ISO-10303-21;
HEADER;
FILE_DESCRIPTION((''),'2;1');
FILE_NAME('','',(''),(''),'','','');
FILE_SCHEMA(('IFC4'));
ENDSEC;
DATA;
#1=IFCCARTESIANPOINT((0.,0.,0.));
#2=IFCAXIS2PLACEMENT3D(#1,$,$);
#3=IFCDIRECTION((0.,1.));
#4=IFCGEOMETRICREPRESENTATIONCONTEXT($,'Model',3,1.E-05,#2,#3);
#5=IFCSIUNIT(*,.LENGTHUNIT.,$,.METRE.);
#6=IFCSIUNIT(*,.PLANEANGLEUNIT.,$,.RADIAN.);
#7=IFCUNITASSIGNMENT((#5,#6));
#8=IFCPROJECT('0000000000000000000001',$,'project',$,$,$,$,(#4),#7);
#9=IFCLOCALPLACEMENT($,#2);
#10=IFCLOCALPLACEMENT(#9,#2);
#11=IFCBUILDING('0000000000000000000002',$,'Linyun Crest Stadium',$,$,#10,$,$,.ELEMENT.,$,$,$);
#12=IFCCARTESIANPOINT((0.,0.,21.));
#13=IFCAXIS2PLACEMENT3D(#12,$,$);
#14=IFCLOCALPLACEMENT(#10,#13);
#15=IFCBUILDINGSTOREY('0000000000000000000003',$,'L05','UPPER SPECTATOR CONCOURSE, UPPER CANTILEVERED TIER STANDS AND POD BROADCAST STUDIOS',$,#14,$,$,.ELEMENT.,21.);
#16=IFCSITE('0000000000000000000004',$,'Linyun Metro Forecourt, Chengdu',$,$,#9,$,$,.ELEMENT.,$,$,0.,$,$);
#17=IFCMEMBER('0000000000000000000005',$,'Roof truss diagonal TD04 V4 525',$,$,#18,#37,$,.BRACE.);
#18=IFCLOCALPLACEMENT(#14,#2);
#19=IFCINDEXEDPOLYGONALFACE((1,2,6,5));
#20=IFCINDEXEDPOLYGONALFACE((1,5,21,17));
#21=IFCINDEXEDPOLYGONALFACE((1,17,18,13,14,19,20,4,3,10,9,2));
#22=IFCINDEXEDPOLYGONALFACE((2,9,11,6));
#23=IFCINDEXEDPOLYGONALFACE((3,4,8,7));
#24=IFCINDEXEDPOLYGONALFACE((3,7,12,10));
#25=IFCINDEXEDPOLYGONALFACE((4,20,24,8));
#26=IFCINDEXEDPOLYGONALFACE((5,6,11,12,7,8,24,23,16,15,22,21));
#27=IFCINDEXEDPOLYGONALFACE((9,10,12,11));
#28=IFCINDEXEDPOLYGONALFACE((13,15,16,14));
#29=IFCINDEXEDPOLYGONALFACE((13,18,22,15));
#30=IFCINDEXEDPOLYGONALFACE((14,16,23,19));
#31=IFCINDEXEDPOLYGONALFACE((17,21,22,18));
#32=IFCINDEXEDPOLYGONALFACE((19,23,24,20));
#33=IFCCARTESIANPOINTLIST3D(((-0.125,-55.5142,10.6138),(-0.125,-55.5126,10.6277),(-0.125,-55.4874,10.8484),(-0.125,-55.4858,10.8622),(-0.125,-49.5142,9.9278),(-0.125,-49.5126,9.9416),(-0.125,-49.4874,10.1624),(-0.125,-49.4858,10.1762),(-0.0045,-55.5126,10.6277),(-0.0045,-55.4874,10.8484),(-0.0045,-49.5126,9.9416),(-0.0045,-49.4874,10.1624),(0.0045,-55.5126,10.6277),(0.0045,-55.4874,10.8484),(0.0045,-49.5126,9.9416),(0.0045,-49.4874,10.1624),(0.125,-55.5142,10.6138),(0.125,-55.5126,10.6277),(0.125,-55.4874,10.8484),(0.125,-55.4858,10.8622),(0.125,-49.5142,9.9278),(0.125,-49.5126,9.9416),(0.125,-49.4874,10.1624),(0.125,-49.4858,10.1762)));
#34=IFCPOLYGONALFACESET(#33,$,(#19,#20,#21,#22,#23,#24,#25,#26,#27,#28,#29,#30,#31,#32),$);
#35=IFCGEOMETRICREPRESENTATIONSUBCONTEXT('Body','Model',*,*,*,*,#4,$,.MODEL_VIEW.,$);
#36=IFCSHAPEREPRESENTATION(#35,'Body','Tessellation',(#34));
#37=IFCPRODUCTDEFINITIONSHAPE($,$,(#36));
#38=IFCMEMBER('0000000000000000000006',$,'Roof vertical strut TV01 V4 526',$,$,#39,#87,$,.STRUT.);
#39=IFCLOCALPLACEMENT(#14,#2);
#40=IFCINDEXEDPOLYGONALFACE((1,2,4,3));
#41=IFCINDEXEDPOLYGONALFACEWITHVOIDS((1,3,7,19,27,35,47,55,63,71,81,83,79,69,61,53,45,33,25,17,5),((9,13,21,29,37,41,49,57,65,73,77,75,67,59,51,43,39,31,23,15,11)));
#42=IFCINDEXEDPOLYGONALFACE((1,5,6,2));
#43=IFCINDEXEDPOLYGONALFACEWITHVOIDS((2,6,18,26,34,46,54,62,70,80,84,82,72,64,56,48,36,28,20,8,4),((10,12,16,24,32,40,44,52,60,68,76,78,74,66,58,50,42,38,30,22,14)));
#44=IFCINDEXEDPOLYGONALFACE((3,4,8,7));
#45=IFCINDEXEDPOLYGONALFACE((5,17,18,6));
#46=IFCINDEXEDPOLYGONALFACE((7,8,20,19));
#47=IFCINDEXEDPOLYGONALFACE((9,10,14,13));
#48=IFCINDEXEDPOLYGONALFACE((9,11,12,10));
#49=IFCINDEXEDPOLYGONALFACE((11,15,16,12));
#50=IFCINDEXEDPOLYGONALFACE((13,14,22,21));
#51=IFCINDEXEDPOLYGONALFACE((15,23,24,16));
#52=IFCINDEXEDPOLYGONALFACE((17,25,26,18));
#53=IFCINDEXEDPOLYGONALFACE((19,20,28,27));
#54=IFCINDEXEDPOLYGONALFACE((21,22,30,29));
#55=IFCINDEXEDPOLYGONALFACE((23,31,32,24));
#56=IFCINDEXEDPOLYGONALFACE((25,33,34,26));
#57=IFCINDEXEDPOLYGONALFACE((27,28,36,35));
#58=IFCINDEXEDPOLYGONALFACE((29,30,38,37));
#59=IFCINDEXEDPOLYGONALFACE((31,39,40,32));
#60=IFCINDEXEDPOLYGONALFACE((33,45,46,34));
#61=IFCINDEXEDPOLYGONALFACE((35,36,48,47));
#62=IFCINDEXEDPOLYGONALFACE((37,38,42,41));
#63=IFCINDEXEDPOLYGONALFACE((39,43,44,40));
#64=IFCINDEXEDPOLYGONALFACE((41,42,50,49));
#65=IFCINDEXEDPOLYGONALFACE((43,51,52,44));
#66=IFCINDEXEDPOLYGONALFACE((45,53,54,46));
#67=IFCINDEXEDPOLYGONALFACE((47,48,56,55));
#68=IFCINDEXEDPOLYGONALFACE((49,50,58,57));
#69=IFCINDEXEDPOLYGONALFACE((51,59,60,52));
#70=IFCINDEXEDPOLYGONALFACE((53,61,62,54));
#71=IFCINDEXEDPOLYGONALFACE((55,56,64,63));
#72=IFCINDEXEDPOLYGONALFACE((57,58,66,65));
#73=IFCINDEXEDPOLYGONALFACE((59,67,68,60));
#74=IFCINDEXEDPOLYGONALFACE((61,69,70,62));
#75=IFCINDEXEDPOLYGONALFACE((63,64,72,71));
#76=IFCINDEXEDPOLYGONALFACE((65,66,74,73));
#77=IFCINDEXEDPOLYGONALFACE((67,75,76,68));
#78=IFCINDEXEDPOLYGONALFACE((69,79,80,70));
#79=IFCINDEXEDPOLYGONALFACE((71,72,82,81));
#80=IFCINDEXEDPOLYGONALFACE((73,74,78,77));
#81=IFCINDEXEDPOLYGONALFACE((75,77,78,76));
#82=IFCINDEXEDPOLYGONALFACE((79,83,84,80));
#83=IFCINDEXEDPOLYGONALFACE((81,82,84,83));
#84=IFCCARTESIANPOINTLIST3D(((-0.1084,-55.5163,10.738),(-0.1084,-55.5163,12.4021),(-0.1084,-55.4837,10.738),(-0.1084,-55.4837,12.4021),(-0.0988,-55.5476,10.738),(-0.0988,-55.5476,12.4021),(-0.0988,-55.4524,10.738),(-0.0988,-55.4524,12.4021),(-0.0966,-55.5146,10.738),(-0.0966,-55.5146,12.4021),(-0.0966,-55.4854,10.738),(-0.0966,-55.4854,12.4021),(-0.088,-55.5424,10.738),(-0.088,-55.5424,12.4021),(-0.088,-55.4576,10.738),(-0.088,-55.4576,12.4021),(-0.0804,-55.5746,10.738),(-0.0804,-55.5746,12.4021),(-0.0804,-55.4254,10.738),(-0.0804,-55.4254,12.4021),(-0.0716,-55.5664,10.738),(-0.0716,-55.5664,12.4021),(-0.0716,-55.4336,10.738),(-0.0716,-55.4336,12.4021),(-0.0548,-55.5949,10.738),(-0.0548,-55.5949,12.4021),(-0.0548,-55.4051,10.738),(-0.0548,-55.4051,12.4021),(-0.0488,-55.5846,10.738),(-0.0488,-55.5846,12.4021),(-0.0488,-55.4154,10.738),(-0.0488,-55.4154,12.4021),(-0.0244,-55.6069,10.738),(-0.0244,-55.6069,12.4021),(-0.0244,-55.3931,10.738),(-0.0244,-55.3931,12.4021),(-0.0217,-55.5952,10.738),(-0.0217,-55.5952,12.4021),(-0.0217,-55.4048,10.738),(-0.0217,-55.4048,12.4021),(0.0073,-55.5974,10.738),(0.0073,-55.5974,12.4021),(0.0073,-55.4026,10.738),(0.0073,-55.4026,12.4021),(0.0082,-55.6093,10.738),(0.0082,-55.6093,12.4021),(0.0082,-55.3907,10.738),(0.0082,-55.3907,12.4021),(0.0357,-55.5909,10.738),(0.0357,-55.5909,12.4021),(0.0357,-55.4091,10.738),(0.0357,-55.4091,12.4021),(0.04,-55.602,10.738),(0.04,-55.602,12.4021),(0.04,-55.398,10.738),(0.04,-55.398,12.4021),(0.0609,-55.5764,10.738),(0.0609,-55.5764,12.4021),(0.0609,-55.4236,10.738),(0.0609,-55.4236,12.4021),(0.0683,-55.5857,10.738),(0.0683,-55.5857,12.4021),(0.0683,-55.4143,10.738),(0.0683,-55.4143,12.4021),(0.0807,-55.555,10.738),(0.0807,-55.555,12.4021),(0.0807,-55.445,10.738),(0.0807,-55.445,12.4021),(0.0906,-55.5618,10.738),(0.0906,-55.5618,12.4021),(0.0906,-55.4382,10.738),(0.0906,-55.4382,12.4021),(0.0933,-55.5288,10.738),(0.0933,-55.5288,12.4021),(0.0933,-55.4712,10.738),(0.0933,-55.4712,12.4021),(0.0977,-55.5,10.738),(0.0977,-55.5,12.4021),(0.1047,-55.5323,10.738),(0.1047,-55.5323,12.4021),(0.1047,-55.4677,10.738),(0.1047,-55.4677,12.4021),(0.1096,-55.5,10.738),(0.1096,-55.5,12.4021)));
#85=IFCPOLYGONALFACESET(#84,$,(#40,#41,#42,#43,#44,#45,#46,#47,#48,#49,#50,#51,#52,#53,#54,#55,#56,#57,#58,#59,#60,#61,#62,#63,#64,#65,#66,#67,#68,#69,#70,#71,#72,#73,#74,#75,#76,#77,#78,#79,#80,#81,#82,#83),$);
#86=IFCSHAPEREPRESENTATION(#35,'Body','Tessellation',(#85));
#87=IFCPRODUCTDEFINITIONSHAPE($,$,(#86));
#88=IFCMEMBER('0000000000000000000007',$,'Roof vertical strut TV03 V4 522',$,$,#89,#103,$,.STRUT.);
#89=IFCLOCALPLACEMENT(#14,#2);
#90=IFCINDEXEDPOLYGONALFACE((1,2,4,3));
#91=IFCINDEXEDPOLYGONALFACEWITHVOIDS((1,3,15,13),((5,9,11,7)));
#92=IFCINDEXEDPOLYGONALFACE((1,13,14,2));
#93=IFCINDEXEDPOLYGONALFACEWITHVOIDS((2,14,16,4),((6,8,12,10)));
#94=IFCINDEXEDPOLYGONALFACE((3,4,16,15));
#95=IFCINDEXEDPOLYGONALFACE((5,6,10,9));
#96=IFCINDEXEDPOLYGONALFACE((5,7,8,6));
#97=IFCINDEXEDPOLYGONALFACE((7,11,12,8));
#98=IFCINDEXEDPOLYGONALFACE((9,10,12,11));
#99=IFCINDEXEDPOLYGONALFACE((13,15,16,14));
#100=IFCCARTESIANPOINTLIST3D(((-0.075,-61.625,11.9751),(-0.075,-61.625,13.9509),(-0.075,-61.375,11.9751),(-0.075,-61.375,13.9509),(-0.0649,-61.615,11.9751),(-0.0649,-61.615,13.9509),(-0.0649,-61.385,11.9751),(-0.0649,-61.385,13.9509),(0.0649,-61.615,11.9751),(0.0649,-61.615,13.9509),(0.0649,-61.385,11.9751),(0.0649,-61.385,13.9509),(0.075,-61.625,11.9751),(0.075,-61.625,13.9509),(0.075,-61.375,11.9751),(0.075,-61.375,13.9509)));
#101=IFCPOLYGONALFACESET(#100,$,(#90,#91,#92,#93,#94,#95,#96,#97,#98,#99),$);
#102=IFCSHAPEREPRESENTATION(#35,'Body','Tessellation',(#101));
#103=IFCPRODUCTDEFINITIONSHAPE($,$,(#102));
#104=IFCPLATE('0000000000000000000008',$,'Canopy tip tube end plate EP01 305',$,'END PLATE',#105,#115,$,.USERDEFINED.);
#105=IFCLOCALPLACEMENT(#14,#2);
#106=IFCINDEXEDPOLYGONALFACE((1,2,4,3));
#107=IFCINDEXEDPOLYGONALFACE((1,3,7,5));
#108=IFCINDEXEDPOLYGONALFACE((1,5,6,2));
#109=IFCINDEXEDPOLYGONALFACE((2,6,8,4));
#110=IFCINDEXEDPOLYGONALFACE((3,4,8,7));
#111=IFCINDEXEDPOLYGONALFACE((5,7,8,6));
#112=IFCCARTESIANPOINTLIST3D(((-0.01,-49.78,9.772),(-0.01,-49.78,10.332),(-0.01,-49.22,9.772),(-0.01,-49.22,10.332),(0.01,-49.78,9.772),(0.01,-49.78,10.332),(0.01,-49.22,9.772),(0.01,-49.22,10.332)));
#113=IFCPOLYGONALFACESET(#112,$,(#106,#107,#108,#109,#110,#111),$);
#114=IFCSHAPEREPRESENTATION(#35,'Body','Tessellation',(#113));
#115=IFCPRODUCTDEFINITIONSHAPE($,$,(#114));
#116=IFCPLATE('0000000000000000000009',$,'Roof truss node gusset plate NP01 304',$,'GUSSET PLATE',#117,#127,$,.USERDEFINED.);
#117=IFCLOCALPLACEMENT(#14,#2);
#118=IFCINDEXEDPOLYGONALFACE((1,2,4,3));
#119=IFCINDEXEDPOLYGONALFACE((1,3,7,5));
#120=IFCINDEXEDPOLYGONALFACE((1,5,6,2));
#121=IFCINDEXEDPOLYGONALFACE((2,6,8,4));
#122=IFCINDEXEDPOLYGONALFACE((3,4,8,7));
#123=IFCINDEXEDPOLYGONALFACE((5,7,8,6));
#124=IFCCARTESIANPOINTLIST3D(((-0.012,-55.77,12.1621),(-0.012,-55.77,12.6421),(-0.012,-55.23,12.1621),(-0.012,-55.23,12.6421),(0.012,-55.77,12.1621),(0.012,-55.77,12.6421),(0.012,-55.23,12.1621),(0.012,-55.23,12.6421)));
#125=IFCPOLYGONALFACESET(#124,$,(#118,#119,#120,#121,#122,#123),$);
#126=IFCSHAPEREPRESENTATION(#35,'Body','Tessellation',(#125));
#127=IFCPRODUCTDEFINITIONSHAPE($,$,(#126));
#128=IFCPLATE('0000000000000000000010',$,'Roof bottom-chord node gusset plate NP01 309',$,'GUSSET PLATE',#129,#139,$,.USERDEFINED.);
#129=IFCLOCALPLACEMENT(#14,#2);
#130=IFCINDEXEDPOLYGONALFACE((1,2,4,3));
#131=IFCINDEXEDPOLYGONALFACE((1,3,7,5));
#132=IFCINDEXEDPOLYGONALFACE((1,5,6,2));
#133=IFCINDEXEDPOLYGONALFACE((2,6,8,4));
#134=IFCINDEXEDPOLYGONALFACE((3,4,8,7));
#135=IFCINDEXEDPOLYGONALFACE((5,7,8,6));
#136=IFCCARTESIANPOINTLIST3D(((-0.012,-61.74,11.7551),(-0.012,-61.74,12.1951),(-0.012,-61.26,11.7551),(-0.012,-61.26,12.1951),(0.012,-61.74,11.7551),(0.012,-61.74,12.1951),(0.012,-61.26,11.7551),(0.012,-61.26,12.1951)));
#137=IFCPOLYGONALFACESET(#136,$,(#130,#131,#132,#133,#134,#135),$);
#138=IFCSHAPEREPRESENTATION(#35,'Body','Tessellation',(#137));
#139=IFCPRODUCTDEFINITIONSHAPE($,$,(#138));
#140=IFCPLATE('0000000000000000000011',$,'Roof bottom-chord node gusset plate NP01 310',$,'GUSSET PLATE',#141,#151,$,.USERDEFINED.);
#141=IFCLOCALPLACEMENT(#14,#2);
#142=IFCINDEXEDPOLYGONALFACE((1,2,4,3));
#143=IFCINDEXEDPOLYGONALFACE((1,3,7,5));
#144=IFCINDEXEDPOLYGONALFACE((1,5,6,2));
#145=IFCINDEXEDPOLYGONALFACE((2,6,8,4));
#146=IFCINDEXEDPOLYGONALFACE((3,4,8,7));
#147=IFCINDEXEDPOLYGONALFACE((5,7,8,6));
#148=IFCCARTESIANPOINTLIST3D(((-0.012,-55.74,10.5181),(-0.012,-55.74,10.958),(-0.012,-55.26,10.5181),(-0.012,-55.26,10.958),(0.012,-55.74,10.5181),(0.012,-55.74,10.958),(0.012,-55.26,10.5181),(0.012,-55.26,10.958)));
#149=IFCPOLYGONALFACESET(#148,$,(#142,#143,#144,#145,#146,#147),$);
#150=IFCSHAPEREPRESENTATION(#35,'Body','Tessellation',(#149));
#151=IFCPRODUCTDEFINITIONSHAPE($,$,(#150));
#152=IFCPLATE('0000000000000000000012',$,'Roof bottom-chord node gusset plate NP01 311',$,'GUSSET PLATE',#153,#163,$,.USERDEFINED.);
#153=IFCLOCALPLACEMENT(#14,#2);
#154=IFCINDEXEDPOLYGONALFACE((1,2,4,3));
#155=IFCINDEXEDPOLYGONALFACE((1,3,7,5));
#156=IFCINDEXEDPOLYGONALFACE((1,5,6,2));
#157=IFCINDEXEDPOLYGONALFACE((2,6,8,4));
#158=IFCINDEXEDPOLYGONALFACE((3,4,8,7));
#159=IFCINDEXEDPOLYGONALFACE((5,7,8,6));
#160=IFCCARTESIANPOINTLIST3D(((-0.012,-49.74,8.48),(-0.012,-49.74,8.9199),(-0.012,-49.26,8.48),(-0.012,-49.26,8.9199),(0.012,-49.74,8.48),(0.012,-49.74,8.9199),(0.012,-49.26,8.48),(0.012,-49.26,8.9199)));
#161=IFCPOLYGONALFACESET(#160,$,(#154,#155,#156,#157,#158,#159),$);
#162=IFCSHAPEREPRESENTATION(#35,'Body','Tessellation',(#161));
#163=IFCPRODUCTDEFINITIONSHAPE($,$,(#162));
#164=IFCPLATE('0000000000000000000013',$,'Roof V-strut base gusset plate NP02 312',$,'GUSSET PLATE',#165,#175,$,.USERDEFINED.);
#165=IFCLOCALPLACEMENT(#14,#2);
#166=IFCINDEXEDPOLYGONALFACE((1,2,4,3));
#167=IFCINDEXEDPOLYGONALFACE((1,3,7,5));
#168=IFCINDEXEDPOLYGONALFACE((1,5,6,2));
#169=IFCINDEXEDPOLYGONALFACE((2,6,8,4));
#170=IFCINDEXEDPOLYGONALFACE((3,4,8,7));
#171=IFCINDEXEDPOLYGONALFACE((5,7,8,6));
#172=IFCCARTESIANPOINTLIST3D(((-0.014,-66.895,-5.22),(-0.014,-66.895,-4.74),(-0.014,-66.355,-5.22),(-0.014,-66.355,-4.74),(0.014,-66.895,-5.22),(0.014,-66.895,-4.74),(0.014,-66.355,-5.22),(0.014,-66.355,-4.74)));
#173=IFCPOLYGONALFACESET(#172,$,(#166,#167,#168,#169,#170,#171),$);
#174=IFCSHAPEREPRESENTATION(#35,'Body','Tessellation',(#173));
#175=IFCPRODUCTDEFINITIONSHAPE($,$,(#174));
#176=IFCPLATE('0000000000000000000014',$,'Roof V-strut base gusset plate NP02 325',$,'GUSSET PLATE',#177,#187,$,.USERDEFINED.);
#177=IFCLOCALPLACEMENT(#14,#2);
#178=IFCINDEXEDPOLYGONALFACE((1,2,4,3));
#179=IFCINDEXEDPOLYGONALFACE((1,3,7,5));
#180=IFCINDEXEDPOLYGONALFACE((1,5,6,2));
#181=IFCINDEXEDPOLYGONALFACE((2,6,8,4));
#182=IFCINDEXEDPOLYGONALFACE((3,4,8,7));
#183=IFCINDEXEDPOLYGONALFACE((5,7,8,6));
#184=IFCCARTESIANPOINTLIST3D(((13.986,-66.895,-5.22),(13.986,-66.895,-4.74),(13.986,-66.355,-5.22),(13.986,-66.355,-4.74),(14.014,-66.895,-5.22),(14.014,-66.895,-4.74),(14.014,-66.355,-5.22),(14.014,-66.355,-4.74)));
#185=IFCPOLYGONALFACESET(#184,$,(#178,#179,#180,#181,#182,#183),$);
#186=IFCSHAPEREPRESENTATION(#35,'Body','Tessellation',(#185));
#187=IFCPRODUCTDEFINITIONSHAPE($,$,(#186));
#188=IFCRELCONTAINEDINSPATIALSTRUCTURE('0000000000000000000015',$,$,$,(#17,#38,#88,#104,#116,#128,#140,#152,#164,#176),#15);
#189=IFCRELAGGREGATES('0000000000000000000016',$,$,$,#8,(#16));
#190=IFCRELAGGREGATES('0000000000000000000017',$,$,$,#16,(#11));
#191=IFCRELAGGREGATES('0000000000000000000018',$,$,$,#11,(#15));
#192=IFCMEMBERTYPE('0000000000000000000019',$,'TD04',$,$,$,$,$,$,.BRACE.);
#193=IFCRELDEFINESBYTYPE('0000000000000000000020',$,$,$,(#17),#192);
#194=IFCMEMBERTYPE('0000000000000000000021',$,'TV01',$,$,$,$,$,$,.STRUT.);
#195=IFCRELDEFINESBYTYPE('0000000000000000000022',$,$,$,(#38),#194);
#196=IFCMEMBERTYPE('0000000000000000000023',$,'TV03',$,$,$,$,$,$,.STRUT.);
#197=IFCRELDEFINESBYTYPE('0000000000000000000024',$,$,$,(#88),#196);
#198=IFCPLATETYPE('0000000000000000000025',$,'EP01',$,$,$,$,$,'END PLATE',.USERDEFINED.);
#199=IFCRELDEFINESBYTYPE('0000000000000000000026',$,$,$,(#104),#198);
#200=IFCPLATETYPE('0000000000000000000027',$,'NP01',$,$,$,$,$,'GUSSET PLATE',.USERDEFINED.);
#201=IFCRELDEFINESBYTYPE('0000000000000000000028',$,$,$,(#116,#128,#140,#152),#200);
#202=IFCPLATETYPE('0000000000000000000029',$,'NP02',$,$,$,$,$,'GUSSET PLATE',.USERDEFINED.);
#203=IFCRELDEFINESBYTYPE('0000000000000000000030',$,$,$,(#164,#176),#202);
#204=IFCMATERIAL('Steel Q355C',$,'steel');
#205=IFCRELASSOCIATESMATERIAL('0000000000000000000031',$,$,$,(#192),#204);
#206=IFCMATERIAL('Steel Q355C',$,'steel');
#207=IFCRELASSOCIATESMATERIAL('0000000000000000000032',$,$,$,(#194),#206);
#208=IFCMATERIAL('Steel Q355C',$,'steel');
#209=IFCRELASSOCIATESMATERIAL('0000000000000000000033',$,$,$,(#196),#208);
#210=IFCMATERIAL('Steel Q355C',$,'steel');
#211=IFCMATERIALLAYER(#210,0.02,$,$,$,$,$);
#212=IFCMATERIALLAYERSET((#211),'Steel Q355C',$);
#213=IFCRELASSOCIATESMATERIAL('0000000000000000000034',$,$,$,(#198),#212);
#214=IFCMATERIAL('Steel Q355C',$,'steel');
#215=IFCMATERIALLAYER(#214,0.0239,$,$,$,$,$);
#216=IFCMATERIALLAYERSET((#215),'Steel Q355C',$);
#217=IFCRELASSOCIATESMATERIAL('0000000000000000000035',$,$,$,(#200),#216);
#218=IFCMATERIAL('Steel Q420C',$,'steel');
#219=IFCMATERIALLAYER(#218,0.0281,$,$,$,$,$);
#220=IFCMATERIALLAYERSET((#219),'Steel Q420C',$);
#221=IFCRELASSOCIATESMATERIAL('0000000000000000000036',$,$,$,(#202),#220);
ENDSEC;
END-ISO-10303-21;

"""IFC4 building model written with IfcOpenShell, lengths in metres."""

from ifc_helpers import new_model, si_unit, direction, frame, origin, origin_2d, place, context, subcontext, project, spatial, rectangle, hollow_rectangle, hollow_circle, i_section, extrude, material, layer, layer_set, material_profile, profile_set, type_object, element, save


model = new_model("IFC4")

# Units and contexts
model_context = context("Model", 3, precision=1e-05, world=origin(), true_north=direction((0.0, 1.0)))
body_context = subcontext(model_context, "Body", "Model", "MODEL_VIEW")
ifc_project = project(units=[si_unit("LENGTHUNIT", "METRE"), si_unit("PLANEANGLEUNIT", "RADIAN")], contexts=[model_context])

# Site, building, storey
site_placement = place(None, origin())
site = spatial("IfcSite", under=ifc_project, at=site_placement, Name="Linyun Metro Forecourt, Chengdu", CompositionType="ELEMENT", RefElevation=0.0)
building_placement = place(site_placement, origin())
building = spatial("IfcBuilding", under=site, at=building_placement, Name="Linyun Crest Stadium", CompositionType="ELEMENT")
storey_placement = place(building_placement, frame((0.0, 0.0, 21.0)))
storey = spatial("IfcBuildingStorey", under=building, at=storey_placement, Name="L05", Description="UPPER SPECTATOR CONCOURSE, UPPER CANTILEVERED TIER STANDS AND POD BROADCAST STUDIOS", CompositionType="ELEMENT", Elevation=21.0)

# Members
ifc_material_1 = material(Name="Steel Q355C", Category="steel")
ifc_material_profile_1 = material_profile(ifc_material_1, i_section(OverallWidth=0.25, OverallDepth=0.25, WebThickness=0.009, FlangeThickness=0.0139, at=origin_2d()), Name="HW 250x250")
ifc_profile_set_1 = profile_set([ifc_material_profile_1], Name="Steel Q355C")
member_type_1 = type_object("IfcMemberType", Name="TD04", PredefinedType="BRACE", material=ifc_profile_set_1)
member_1_placement = place(storey_placement, frame((0.0, -55.5, 10.738), z_axis=(0.0, 0.993527, -0.113599), x_axis=(-1.0, 0.0, 0.0)))
element("IfcMember", 1, at=member_1_placement, inside=storey, type_object=member_type_1, Name="Roof truss diagonal TD04 V4 525", PredefinedType="BRACE", context=body_context, shape_type="SweptSolid", body=[
    extrude(i_section(OverallWidth=0.25, OverallDepth=0.25, WebThickness=0.009, FlangeThickness=0.0139, at=origin_2d()), origin(), (0.0, 0.0, 1.0), 6.0391),
])
ifc_material_2 = material(Name="Steel Q355C", Category="steel")
ifc_material_profile_2 = material_profile(ifc_material_2, hollow_circle(Radius=0.1096, WallThickness=0.012, at=origin_2d()), Name="CHS 219x12")
ifc_profile_set_2 = profile_set([ifc_material_profile_2], Name="Steel Q355C")
member_type_2 = type_object("IfcMemberType", Name="TV01", PredefinedType="STRUT", material=ifc_profile_set_2)
member_2_placement = place(storey_placement, frame((0.0, -55.5, 10.738), z_axis=(0.0, 0.0, 1.0), x_axis=(1.0, 0.0, 0.0)))
element("IfcMember", 2, at=member_2_placement, inside=storey, type_object=member_type_2, Name="Roof vertical strut TV01 V4 526", PredefinedType="STRUT", context=body_context, shape_type="SweptSolid", body=[
    extrude(hollow_circle(Radius=0.1096, WallThickness=0.012, at=origin_2d()), origin(), (0.0, 0.0, 1.0), 1.6641),
])
ifc_material_3 = material(Name="Steel Q355C", Category="steel")
ifc_material_profile_3 = material_profile(ifc_material_3, hollow_rectangle(XDim=0.1499, YDim=0.25, WallThickness=0.01, at=origin_2d()), Name="RHS 250x150x10")
ifc_profile_set_3 = profile_set([ifc_material_profile_3], Name="Steel Q355C")
member_type_3 = type_object("IfcMemberType", Name="TV03", PredefinedType="STRUT", material=ifc_profile_set_3)
member_3_placement = place(storey_placement, frame((0.0, -61.5, 11.9751), z_axis=(0.0, 0.0, 1.0), x_axis=(1.0, 0.0, 0.0)))
element("IfcMember", 3, at=member_3_placement, inside=storey, type_object=member_type_3, Name="Roof vertical strut TV03 V4 522", PredefinedType="STRUT", context=body_context, shape_type="SweptSolid", body=[
    extrude(hollow_rectangle(XDim=0.1499, YDim=0.25, WallThickness=0.01, at=origin_2d()), origin(), (0.0, 0.0, 1.0), 1.9758),
])

# Plates
ifc_material_4 = material(Name="Steel Q355C", Category="steel")
ifc_layer_1 = layer(ifc_material_4, 0.02)
ifc_layer_set_1 = layer_set([ifc_layer_1], Name="Steel Q355C")
plate_type_1 = type_object("IfcPlateType", Name="EP01", ElementType="END PLATE", PredefinedType="USERDEFINED", material=ifc_layer_set_1)
plate_1_placement = place(storey_placement, frame((0.0, -49.5, 9.772), z_axis=(0.0, 0.0, 1.0), x_axis=(0.0, 1.0, 0.0)))
element("IfcPlate", 4, at=plate_1_placement, inside=storey, type_object=plate_type_1, Name="Canopy tip tube end plate EP01 305", ObjectType="END PLATE", PredefinedType="USERDEFINED", context=body_context, shape_type="SweptSolid", body=[
    extrude(rectangle(XDim=0.5601, YDim=0.02, at=origin_2d()), origin(), (0.0, 0.0, 1.0), 0.5601),
])
ifc_material_5 = material(Name="Steel Q355C", Category="steel")
ifc_layer_2 = layer(ifc_material_5, 0.0239)
ifc_layer_set_2 = layer_set([ifc_layer_2], Name="Steel Q355C")
plate_type_2 = type_object("IfcPlateType", Name="NP01", ElementType="GUSSET PLATE", PredefinedType="USERDEFINED", material=ifc_layer_set_2)
plate_2_placement = place(storey_placement, frame((0.0, -55.5, 12.1621), z_axis=(0.0, 0.0, 1.0), x_axis=(0.0, 1.0, 0.0)))
element("IfcPlate", 5, at=plate_2_placement, inside=storey, type_object=plate_type_2, Name="Roof truss node gusset plate NP01 304", ObjectType="GUSSET PLATE", PredefinedType="USERDEFINED", context=body_context, shape_type="SweptSolid", body=[
    extrude(rectangle(XDim=0.54, YDim=0.0239, at=origin_2d()), origin(), (0.0, 0.0, 1.0), 0.48),
])
for number, where, z_axis, x_axis, name in (
    (6, (0.0, -61.5, 11.7551), (0.0, 0.0, 1.0), (0.0, 1.0, 0.0), "Roof bottom-chord node gusset plate NP01 309"),
    (7, (0.0, -55.5, 10.5181), (0.0, 0.0, 1.0), (0.0, 1.0, 0.0), "Roof bottom-chord node gusset plate NP01 310"),
    (8, (0.0, -49.5, 8.48), (0.0, 0.0, 1.0), (0.0, 1.0, 0.0), "Roof bottom-chord node gusset plate NP01 311"),
):
    element("IfcPlate", number, at=place(storey_placement, frame(where, z_axis=z_axis, x_axis=x_axis)), inside=storey, type_object=plate_type_2, Name=name, ObjectType="GUSSET PLATE", PredefinedType="USERDEFINED", context=body_context, shape_type="SweptSolid", body=[
        extrude(rectangle(XDim=0.48, YDim=0.0239, at=origin_2d()), origin(), (0.0, 0.0, 1.0), 0.4399),
    ])
ifc_material_6 = material(Name="Steel Q420C", Category="steel")
ifc_layer_3 = layer(ifc_material_6, 0.0281)
ifc_layer_set_3 = layer_set([ifc_layer_3], Name="Steel Q420C")
plate_type_3 = type_object("IfcPlateType", Name="NP02", ElementType="GUSSET PLATE", PredefinedType="USERDEFINED", material=ifc_layer_set_3)
for number, where, z_axis, x_axis, name in (
    (9, (0.0, -66.625, -5.22), (0.0, 0.0, 1.0), (0.0, 1.0, 0.0), "Roof V-strut base gusset plate NP02 312"),
    (10, (14.0, -66.625, -5.22), (0.0, 0.0, 1.0), (0.0, 1.0, 0.0), "Roof V-strut base gusset plate NP02 325"),
):
    element("IfcPlate", number, at=place(storey_placement, frame(where, z_axis=z_axis, x_axis=x_axis)), inside=storey, type_object=plate_type_3, Name=name, ObjectType="GUSSET PLATE", PredefinedType="USERDEFINED", context=body_context, shape_type="SweptSolid", body=[
        extrude(rectangle(XDim=0.54, YDim=0.0281, at=origin_2d()), origin(), (0.0, 0.0, 1.0), 0.48),
    ])

save(model, "model.ifc")
